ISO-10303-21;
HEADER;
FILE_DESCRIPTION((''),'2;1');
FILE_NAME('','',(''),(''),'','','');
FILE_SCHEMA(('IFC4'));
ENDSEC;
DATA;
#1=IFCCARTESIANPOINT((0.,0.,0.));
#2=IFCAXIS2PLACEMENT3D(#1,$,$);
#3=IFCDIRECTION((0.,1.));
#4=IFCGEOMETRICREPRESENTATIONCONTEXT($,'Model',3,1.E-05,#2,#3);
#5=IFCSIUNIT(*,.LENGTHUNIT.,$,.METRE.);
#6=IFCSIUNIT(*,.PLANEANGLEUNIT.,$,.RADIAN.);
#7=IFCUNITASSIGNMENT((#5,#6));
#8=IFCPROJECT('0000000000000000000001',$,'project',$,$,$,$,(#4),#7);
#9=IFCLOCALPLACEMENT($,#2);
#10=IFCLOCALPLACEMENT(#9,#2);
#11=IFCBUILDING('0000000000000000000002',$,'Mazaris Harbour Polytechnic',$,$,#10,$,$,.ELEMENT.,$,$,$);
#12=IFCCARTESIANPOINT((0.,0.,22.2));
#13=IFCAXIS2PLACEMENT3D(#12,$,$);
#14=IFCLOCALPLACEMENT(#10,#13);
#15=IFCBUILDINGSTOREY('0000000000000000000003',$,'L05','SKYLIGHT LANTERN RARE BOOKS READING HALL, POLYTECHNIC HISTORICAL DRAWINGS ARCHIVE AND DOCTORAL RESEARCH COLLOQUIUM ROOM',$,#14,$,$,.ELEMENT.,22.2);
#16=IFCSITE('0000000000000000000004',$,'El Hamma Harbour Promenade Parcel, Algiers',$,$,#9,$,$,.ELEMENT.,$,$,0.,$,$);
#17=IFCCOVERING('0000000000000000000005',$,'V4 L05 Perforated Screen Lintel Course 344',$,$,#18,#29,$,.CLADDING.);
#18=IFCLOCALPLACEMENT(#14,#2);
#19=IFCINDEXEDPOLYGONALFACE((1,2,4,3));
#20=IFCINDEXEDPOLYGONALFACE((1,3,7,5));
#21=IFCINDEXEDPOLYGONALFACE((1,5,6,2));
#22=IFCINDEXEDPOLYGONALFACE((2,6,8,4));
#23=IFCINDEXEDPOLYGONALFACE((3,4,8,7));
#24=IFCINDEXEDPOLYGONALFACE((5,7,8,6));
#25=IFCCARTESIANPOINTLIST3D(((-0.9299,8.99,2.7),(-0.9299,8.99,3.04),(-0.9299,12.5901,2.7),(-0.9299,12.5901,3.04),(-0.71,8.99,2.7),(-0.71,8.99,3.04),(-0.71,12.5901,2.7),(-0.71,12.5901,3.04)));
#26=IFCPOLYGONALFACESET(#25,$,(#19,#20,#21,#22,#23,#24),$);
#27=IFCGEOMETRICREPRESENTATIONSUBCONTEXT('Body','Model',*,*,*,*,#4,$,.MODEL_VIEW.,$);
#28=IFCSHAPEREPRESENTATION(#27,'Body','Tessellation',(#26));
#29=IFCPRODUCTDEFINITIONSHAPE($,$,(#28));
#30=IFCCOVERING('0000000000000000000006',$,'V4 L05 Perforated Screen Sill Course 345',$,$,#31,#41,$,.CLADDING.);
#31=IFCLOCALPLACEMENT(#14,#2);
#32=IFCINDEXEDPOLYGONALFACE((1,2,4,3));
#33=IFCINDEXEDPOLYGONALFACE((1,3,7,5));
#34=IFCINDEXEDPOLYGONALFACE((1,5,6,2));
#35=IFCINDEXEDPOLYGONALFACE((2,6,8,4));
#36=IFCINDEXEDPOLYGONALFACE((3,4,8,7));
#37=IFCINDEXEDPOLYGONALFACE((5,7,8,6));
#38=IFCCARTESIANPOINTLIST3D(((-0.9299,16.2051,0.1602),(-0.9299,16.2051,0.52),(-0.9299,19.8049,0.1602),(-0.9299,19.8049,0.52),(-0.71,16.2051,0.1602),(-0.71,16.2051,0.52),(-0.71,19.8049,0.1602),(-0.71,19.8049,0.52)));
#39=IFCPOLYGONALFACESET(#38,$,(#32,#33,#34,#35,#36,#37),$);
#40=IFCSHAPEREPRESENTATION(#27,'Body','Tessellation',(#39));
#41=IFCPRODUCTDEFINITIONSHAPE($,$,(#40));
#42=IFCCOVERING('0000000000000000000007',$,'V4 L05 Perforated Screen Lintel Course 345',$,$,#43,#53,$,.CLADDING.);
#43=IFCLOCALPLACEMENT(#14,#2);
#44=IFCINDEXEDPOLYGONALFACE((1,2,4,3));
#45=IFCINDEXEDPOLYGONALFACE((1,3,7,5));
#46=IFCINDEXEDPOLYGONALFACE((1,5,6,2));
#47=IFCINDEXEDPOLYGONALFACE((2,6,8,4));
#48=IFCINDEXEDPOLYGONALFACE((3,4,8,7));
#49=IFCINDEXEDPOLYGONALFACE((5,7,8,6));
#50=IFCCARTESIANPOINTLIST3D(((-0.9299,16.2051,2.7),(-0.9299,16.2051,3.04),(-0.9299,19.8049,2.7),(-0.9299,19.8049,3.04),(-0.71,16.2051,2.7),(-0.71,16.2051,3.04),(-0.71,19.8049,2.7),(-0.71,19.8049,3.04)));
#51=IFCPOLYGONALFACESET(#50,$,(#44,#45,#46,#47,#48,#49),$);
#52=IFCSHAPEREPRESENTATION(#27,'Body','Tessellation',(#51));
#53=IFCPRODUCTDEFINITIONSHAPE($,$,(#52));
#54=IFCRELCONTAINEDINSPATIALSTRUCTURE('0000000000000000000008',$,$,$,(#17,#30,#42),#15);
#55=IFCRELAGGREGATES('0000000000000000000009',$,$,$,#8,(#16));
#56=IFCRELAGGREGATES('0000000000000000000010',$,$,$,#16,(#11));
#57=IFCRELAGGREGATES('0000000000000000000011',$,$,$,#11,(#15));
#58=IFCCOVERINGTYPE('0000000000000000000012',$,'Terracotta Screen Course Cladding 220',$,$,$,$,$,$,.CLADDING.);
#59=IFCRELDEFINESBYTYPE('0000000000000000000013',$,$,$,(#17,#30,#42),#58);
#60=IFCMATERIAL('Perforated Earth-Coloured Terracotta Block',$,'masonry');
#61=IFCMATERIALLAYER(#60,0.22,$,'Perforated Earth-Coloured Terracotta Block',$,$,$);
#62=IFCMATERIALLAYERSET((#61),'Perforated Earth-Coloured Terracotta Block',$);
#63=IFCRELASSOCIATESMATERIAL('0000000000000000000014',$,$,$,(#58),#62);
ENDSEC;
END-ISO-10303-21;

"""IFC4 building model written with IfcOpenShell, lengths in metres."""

from ifc_helpers import new_model, si_unit, direction, frame, origin, place, context, subcontext, project, spatial, polyline, outline, extrude, material, layer, layer_set, type_object, element, save


model = new_model("IFC4")

# Units and contexts
model_context = context("Model", 3, precision=1e-05, world=origin(), true_north=direction((0.0, 1.0)))
body_context = subcontext(model_context, "Body", "Model", "MODEL_VIEW")
ifc_project = project(units=[si_unit("LENGTHUNIT", "METRE"), si_unit("PLANEANGLEUNIT", "RADIAN")], contexts=[model_context])

# Site, building, storey
site_placement = place(None, origin())
site = spatial("IfcSite", under=ifc_project, at=site_placement, Name="El Hamma Harbour Promenade Parcel, Algiers", CompositionType="ELEMENT", RefElevation=0.0)
building_placement = place(site_placement, origin())
building = spatial("IfcBuilding", under=site, at=building_placement, Name="Mazaris Harbour Polytechnic", CompositionType="ELEMENT")
storey_placement = place(building_placement, frame((0.0, 0.0, 22.2)))
storey = spatial("IfcBuildingStorey", under=building, at=storey_placement, Name="L05", Description="SKYLIGHT LANTERN RARE BOOKS READING HALL, POLYTECHNIC HISTORICAL DRAWINGS ARCHIVE AND DOCTORAL RESEARCH COLLOQUIUM ROOM", CompositionType="ELEMENT", Elevation=22.2)

# Coverings
ifc_material_1 = material(Name="Perforated Earth-Coloured Terracotta Block", Category="masonry")
ifc_layer_1 = layer(ifc_material_1, 0.22, Name="Perforated Earth-Coloured Terracotta Block")
ifc_layer_set_1 = layer_set([ifc_layer_1], Name="Perforated Earth-Coloured Terracotta Block")
covering_type = type_object("IfcCoveringType", Name="Terracotta Screen Course Cladding 220", PredefinedType="CLADDING", material=ifc_layer_set_1)
covering_1_placement = place(storey_placement, frame((0.0, 0.0, 2.7)))
element("IfcCovering", 1, at=covering_1_placement, inside=storey, type_object=covering_type, Name="V4 L05 Perforated Screen Lintel Course 344", PredefinedType="CLADDING", context=body_context, shape_type="SweptSolid", body=[
    extrude(outline(polyline([(-0.71, 8.99), (-0.71, 12.5901), (-0.9299, 12.5901), (-0.9299, 8.99), (-0.71, 8.99)])), origin(), (0.0, 0.0, 1.0), 0.3401),
])
covering_2_placement = place(storey_placement, frame((0.0, 0.0, 0.1602)))
element("IfcCovering", 2, at=covering_2_placement, inside=storey, type_object=covering_type, Name="V4 L05 Perforated Screen Sill Course 345", PredefinedType="CLADDING", context=body_context, shape_type="SweptSolid", body=[
    extrude(outline(polyline([(-0.71, 16.2051), (-0.71, 19.8049), (-0.9299, 19.8049), (-0.9299, 16.2051), (-0.71, 16.2051)])), origin(), (0.0, 0.0, 1.0), 0.3599),
])
covering_3_placement = place(storey_placement, frame((0.0, 0.0, 2.7)))
element("IfcCovering", 3, at=covering_3_placement, inside=storey, type_object=covering_type, Name="V4 L05 Perforated Screen Lintel Course 345", PredefinedType="CLADDING", context=body_context, shape_type="SweptSolid", body=[
    extrude(outline(polyline([(-0.71, 16.2051), (-0.71, 19.8049), (-0.9299, 19.8049), (-0.9299, 16.2051), (-0.71, 16.2051)])), origin(), (0.0, 0.0, 1.0), 0.3401),
])

save(model, "model.ifc")
